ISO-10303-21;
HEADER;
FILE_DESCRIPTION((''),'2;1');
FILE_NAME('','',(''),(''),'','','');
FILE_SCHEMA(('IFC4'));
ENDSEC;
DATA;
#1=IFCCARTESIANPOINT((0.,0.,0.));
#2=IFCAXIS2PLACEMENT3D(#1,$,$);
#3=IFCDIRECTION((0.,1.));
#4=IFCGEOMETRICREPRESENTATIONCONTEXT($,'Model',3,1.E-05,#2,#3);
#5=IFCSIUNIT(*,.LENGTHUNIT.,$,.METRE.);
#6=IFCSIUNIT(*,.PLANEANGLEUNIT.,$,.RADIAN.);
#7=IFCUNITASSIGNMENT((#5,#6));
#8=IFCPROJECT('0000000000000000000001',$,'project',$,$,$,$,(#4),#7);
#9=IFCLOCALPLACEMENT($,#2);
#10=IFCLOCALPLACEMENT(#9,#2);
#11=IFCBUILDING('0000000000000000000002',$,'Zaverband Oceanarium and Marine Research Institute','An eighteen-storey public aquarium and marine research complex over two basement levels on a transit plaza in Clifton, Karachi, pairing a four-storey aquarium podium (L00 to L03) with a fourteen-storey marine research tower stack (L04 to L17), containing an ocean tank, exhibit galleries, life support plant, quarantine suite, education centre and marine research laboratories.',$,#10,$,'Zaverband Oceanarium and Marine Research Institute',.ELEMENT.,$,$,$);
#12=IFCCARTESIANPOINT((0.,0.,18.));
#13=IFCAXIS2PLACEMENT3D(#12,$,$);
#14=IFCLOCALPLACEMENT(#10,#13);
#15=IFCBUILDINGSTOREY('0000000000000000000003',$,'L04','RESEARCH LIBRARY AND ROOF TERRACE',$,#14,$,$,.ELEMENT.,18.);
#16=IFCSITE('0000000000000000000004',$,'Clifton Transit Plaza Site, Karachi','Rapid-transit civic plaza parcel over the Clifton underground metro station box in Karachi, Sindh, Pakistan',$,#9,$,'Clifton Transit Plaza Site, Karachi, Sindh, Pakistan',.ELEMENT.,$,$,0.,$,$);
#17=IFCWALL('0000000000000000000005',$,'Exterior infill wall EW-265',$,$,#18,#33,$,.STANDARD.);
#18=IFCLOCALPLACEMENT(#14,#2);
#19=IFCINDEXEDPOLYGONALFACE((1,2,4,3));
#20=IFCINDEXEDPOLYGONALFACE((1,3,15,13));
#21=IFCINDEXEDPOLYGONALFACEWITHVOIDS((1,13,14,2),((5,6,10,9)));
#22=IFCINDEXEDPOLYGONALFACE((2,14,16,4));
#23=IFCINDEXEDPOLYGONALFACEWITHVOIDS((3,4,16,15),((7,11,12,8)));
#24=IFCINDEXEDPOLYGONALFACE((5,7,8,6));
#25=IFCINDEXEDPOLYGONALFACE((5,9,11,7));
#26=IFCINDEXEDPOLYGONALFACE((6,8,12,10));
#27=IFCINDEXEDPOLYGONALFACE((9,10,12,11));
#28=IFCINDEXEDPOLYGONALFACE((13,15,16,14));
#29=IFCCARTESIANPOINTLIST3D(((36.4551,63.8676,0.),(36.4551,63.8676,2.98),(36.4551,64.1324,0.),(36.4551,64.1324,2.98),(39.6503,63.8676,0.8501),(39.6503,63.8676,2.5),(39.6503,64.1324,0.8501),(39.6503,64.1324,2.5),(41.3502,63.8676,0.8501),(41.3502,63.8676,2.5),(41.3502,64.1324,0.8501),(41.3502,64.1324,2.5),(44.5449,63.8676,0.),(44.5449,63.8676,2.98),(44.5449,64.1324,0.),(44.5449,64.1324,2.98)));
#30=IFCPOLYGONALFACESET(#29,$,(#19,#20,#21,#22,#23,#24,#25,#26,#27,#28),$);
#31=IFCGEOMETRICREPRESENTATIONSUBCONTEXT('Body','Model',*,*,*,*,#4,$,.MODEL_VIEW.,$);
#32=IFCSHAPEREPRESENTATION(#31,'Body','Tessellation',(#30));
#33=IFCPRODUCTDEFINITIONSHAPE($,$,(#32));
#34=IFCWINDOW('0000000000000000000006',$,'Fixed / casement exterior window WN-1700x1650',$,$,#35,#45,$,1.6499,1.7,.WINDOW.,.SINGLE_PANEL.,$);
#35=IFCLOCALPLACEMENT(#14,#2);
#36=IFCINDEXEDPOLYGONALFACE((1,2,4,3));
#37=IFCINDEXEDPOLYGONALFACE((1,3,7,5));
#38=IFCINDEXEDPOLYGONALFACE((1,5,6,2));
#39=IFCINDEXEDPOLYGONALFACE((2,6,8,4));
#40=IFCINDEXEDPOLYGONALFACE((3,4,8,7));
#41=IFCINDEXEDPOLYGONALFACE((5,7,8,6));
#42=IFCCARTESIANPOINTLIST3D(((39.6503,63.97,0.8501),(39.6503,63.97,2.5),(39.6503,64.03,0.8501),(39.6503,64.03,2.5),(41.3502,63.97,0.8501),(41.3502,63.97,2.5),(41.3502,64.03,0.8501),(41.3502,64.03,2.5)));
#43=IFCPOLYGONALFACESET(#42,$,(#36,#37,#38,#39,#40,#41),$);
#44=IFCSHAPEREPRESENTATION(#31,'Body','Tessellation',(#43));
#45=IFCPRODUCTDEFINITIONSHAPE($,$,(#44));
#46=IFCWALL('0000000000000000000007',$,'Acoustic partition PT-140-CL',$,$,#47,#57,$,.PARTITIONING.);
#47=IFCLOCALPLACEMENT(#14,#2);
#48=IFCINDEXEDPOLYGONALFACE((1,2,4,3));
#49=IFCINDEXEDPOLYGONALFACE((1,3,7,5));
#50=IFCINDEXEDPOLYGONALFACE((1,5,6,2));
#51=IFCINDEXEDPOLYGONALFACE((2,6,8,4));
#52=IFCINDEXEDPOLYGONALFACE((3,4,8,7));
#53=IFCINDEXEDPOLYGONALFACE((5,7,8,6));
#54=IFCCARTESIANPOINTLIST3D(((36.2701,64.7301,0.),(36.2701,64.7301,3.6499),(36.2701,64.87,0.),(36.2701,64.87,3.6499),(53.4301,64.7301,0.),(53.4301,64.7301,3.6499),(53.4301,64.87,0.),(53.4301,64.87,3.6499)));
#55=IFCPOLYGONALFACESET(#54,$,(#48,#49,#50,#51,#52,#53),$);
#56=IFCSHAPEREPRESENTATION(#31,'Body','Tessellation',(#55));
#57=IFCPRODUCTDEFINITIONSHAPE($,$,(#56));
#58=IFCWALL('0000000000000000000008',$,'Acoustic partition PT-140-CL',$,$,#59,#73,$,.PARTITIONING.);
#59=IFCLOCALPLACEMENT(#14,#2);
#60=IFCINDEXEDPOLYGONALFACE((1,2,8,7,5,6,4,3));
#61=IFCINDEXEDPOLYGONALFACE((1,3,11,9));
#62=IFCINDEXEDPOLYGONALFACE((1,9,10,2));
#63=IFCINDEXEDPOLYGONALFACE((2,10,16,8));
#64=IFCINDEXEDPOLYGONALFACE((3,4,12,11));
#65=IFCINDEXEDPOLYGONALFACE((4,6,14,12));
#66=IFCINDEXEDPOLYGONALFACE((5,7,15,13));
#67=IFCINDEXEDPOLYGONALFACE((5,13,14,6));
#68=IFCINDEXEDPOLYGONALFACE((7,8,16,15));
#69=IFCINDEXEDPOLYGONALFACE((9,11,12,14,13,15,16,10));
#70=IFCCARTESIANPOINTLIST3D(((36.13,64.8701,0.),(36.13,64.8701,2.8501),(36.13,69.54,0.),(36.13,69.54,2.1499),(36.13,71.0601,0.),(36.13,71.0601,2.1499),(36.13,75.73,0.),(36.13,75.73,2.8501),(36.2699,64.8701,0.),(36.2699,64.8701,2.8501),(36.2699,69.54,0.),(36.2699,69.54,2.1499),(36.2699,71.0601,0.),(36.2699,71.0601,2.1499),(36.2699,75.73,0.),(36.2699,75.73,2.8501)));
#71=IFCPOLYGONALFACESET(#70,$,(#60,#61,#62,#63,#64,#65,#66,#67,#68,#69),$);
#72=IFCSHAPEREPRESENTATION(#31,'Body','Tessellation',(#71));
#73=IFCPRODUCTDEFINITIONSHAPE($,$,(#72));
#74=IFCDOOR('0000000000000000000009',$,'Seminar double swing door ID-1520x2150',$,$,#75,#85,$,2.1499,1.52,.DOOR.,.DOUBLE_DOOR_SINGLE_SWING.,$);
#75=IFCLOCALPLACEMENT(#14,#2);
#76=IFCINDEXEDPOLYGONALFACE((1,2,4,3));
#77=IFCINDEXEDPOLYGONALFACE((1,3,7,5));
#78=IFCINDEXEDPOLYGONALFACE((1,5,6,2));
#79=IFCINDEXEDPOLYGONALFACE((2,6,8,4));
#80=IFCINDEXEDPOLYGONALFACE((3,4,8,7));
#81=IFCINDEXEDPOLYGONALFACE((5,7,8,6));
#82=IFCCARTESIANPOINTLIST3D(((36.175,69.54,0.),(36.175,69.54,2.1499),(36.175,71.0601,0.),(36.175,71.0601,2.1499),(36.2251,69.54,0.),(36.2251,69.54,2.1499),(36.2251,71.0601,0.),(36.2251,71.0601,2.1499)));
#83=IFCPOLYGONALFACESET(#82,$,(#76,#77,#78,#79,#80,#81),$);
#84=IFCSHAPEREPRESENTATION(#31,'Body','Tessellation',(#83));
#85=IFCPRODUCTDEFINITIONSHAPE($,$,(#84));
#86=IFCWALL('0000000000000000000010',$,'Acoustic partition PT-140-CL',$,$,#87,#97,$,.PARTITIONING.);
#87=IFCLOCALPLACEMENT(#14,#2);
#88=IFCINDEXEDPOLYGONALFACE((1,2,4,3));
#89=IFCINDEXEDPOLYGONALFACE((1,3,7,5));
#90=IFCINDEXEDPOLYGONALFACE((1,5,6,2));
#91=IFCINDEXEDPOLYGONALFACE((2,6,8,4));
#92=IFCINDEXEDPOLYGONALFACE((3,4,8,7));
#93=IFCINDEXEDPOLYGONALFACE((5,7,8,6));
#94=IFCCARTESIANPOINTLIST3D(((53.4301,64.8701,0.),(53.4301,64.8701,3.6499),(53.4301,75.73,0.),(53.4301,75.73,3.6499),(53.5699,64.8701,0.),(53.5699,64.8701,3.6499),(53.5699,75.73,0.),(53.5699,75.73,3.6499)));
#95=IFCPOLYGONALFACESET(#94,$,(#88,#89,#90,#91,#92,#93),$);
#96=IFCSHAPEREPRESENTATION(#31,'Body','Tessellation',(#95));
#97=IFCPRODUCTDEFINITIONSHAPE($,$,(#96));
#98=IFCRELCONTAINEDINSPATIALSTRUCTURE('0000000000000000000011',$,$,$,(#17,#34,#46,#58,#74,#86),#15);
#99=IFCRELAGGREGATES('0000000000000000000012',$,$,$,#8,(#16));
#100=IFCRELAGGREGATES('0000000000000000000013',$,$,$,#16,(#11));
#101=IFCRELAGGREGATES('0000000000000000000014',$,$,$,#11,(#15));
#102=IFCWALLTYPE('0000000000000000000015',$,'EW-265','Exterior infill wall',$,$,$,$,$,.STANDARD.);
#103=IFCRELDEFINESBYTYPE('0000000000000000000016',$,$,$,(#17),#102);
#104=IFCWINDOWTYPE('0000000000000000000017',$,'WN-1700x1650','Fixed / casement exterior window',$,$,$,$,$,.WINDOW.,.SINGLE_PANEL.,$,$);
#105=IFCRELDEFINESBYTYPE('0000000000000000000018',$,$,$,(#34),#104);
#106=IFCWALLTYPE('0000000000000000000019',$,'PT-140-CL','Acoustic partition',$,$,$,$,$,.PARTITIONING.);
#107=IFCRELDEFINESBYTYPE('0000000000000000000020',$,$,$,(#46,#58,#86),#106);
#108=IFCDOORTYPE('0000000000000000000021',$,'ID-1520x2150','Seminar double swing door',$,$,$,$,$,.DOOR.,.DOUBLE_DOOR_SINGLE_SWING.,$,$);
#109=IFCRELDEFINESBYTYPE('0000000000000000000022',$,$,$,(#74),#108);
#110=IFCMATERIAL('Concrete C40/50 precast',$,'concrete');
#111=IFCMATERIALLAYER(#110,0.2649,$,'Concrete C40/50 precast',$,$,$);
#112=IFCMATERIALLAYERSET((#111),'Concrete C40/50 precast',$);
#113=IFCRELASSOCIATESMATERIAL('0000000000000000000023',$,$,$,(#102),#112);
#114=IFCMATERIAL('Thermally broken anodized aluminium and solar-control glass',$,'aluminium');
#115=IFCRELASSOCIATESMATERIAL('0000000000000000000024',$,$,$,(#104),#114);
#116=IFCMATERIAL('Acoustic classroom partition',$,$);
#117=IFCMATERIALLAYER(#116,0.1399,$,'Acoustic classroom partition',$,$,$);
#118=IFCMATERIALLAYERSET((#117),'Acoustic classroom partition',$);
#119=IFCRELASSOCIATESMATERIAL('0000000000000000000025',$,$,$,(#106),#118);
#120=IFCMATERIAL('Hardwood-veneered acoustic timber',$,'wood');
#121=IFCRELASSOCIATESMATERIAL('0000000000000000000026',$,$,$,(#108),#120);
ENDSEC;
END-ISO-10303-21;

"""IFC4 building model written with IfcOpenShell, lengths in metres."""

from ifc_helpers import new_model, si_unit, direction, frame, frame_2d, origin, place, context, subcontext, project, spatial, rectangle, extrude, material, layer, layer_set, type_object, element, fill, save


model = new_model("IFC4")

# Units and contexts
model_context = context("Model", 3, precision=1e-05, world=origin(), true_north=direction((0.0, 1.0)))
body_context = subcontext(model_context, "Body", "Model", "MODEL_VIEW")
ifc_project = project(units=[si_unit("LENGTHUNIT", "METRE"), si_unit("PLANEANGLEUNIT", "RADIAN")], contexts=[model_context])

# Site, building, storey
site_placement = place(None, origin())
site = spatial("IfcSite", under=ifc_project, at=site_placement, Name="Clifton Transit Plaza Site, Karachi", Description="Rapid-transit civic plaza parcel over the Clifton underground metro station box in Karachi, Sindh, Pakistan", LongName="Clifton Transit Plaza Site, Karachi, Sindh, Pakistan", CompositionType="ELEMENT", RefElevation=0.0)
building_placement = place(site_placement, origin())
building = spatial("IfcBuilding", under=site, at=building_placement, Name="Zaverband Oceanarium and Marine Research Institute", Description="An eighteen-storey public aquarium and marine research complex over two basement levels on a transit plaza in Clifton, Karachi, pairing a four-storey aquarium podium (L00 to L03) with a fourteen-storey marine research tower stack (L04 to L17), containing an ocean tank, exhibit galleries, life support plant, quarantine suite, education centre and marine research laboratories.", LongName="Zaverband Oceanarium and Marine Research Institute", CompositionType="ELEMENT")
storey_placement = place(building_placement, frame((0.0, 0.0, 18.0)))
storey = spatial("IfcBuildingStorey", under=building, at=storey_placement, Name="L04", Description="RESEARCH LIBRARY AND ROOF TERRACE", CompositionType="ELEMENT", Elevation=18.0)

# Shared definitions
ifc_material_1 = material(Name="Thermally broken anodized aluminium and solar-control glass", Category="aluminium")

# Wall, opening, window
ifc_material_2 = material(Name="Concrete C40/50 precast", Category="concrete")
ifc_layer_1 = layer(ifc_material_2, 0.2649, Name="Concrete C40/50 precast")
ifc_layer_set_1 = layer_set([ifc_layer_1], Name="Concrete C40/50 precast")
wall_type_1 = type_object("IfcWallType", Name="EW-265", Description="Exterior infill wall", PredefinedType="STANDARD", material=ifc_layer_set_1)
wall_1_placement = place(storey_placement, frame((36.4551, 64.0, 0.0), z_axis=(0.0, 0.0, 1.0), x_axis=(1.0, 0.0, 0.0)))
wall_1 = element("IfcWall", 1, at=wall_1_placement, inside=storey, type_object=wall_type_1, Name="Exterior infill wall EW-265", PredefinedType="STANDARD", context=body_context, shape_type="SweptSolid", body=[
    extrude(rectangle(XDim=8.0898, YDim=0.2649, at=frame_2d((4.0449, 0.0))), origin(), (0.0, 0.0, 1.0), 2.98),
])
opening_1_placement = place(wall_1_placement, frame((3.1951, 0.0, 0.8501)))
opening_1 = element("IfcOpeningElement", 2, at=opening_1_placement, cuts=wall_1, PredefinedType="OPENING", context=body_context, shape_type="SweptSolid", body=[
    extrude(rectangle(XDim=1.7, YDim=1.6499, at=frame_2d((0.8501, 0.825))), frame((0.0, 0.1445, 0.0), z_axis=(0.0, -1.0, 0.0), x_axis=(1.0, 0.0, 0.0)), (0.0, 0.0, 1.0), 0.2888),
])
window_type = type_object("IfcWindowType", Name="WN-1700x1650", Description="Fixed / casement exterior window", PartitioningType="SINGLE_PANEL", PredefinedType="WINDOW", material=ifc_material_1)
window_placement = place(opening_1_placement, origin())
window = element("IfcWindow", 3, at=window_placement, inside=storey, type_object=window_type, Name="Fixed / casement exterior window WN-1700x1650", OverallHeight=1.6499, OverallWidth=1.7, PartitioningType="SINGLE_PANEL", PredefinedType="WINDOW", context=body_context, shape_type="SweptSolid", body=[
    extrude(rectangle(XDim=1.7, YDim=1.6499, at=frame_2d((0.8501, 0.825))), frame((0.0, 0.03, 0.0), z_axis=(0.0, -1.0, 0.0), x_axis=(1.0, 0.0, 0.0)), (0.0, 0.0, 1.0), 0.0601),
])
fill(opening_1, window)

# Wall
ifc_material_3 = material(Name="Acoustic classroom partition")
ifc_layer_2 = layer(ifc_material_3, 0.1399, Name="Acoustic classroom partition")
ifc_layer_set_2 = layer_set([ifc_layer_2], Name="Acoustic classroom partition")
wall_type_2 = type_object("IfcWallType", Name="PT-140-CL", Description="Acoustic partition", PredefinedType="PARTITIONING", material=ifc_layer_set_2)
wall_2_placement = place(storey_placement, frame((36.27, 64.8, 0.0), z_axis=(0.0, 0.0, 1.0), x_axis=(1.0, 0.0, 0.0)))
element("IfcWall", 4, at=wall_2_placement, inside=storey, type_object=wall_type_2, Name="Acoustic partition PT-140-CL", PredefinedType="PARTITIONING", context=body_context, shape_type="SweptSolid", body=[
    extrude(rectangle(XDim=17.1599, YDim=0.1399, at=frame_2d((8.5801, 0.0))), origin(), (0.0, 0.0, 1.0), 3.6499),
])

# Wall, opening, door
wall_3_placement = place(storey_placement, frame((36.2, 64.8701, 0.0), z_axis=(0.0, 0.0, 1.0), x_axis=(0.0, 1.0, 0.0)))
wall_3 = element("IfcWall", 5, at=wall_3_placement, inside=storey, type_object=wall_type_2, Name="Acoustic partition PT-140-CL", PredefinedType="PARTITIONING", context=body_context, shape_type="SweptSolid", body=[
    extrude(rectangle(XDim=10.8599, YDim=0.1399, at=frame_2d((5.4299, 0.0))), origin(), (0.0, 0.0, 1.0), 2.8501),
])
opening_2_placement = place(wall_3_placement, frame((4.6699, 0.0, 0.0)))
opening_2 = element("IfcOpeningElement", 6, at=opening_2_placement, cuts=wall_3, PredefinedType="OPENING", context=body_context, shape_type="SweptSolid", body=[
    extrude(rectangle(XDim=1.52, YDim=2.1499, at=frame_2d((0.76, 1.075))), frame((0.0, 0.082, 0.0), z_axis=(0.0, -1.0, 0.0), x_axis=(1.0, 0.0, 0.0)), (0.0, 0.0, 1.0), 0.1638),
])
ifc_material_4 = material(Name="Hardwood-veneered acoustic timber", Category="wood")
door_type = type_object("IfcDoorType", Name="ID-1520x2150", Description="Seminar double swing door", OperationType="DOUBLE_DOOR_SINGLE_SWING", PredefinedType="DOOR", material=ifc_material_4)
door_placement = place(opening_2_placement, origin())
door = element("IfcDoor", 7, at=door_placement, inside=storey, type_object=door_type, Name="Seminar double swing door ID-1520x2150", OperationType="DOUBLE_DOOR_SINGLE_SWING", OverallHeight=2.1499, OverallWidth=1.52, PredefinedType="DOOR", context=body_context, shape_type="SweptSolid", body=[
    extrude(rectangle(XDim=1.52, YDim=2.1499, at=frame_2d((0.76, 1.075))), frame((0.0, 0.0249, 0.0), z_axis=(0.0, -1.0, 0.0), x_axis=(1.0, 0.0, 0.0)), (0.0, 0.0, 1.0), 0.05),
])
fill(opening_2, door)

# Wall
wall_4_placement = place(storey_placement, frame((53.5, 64.8701, 0.0), z_axis=(0.0, 0.0, 1.0), x_axis=(0.0, 1.0, 0.0)))
element("IfcWall", 8, at=wall_4_placement, inside=storey, type_object=wall_type_2, Name="Acoustic partition PT-140-CL", PredefinedType="PARTITIONING", context=body_context, shape_type="SweptSolid", body=[
    extrude(rectangle(XDim=10.8599, YDim=0.1399, at=frame_2d((5.4299, 0.0))), origin(), (0.0, 0.0, 1.0), 3.6499),
])

save(model, "model.ifc")
